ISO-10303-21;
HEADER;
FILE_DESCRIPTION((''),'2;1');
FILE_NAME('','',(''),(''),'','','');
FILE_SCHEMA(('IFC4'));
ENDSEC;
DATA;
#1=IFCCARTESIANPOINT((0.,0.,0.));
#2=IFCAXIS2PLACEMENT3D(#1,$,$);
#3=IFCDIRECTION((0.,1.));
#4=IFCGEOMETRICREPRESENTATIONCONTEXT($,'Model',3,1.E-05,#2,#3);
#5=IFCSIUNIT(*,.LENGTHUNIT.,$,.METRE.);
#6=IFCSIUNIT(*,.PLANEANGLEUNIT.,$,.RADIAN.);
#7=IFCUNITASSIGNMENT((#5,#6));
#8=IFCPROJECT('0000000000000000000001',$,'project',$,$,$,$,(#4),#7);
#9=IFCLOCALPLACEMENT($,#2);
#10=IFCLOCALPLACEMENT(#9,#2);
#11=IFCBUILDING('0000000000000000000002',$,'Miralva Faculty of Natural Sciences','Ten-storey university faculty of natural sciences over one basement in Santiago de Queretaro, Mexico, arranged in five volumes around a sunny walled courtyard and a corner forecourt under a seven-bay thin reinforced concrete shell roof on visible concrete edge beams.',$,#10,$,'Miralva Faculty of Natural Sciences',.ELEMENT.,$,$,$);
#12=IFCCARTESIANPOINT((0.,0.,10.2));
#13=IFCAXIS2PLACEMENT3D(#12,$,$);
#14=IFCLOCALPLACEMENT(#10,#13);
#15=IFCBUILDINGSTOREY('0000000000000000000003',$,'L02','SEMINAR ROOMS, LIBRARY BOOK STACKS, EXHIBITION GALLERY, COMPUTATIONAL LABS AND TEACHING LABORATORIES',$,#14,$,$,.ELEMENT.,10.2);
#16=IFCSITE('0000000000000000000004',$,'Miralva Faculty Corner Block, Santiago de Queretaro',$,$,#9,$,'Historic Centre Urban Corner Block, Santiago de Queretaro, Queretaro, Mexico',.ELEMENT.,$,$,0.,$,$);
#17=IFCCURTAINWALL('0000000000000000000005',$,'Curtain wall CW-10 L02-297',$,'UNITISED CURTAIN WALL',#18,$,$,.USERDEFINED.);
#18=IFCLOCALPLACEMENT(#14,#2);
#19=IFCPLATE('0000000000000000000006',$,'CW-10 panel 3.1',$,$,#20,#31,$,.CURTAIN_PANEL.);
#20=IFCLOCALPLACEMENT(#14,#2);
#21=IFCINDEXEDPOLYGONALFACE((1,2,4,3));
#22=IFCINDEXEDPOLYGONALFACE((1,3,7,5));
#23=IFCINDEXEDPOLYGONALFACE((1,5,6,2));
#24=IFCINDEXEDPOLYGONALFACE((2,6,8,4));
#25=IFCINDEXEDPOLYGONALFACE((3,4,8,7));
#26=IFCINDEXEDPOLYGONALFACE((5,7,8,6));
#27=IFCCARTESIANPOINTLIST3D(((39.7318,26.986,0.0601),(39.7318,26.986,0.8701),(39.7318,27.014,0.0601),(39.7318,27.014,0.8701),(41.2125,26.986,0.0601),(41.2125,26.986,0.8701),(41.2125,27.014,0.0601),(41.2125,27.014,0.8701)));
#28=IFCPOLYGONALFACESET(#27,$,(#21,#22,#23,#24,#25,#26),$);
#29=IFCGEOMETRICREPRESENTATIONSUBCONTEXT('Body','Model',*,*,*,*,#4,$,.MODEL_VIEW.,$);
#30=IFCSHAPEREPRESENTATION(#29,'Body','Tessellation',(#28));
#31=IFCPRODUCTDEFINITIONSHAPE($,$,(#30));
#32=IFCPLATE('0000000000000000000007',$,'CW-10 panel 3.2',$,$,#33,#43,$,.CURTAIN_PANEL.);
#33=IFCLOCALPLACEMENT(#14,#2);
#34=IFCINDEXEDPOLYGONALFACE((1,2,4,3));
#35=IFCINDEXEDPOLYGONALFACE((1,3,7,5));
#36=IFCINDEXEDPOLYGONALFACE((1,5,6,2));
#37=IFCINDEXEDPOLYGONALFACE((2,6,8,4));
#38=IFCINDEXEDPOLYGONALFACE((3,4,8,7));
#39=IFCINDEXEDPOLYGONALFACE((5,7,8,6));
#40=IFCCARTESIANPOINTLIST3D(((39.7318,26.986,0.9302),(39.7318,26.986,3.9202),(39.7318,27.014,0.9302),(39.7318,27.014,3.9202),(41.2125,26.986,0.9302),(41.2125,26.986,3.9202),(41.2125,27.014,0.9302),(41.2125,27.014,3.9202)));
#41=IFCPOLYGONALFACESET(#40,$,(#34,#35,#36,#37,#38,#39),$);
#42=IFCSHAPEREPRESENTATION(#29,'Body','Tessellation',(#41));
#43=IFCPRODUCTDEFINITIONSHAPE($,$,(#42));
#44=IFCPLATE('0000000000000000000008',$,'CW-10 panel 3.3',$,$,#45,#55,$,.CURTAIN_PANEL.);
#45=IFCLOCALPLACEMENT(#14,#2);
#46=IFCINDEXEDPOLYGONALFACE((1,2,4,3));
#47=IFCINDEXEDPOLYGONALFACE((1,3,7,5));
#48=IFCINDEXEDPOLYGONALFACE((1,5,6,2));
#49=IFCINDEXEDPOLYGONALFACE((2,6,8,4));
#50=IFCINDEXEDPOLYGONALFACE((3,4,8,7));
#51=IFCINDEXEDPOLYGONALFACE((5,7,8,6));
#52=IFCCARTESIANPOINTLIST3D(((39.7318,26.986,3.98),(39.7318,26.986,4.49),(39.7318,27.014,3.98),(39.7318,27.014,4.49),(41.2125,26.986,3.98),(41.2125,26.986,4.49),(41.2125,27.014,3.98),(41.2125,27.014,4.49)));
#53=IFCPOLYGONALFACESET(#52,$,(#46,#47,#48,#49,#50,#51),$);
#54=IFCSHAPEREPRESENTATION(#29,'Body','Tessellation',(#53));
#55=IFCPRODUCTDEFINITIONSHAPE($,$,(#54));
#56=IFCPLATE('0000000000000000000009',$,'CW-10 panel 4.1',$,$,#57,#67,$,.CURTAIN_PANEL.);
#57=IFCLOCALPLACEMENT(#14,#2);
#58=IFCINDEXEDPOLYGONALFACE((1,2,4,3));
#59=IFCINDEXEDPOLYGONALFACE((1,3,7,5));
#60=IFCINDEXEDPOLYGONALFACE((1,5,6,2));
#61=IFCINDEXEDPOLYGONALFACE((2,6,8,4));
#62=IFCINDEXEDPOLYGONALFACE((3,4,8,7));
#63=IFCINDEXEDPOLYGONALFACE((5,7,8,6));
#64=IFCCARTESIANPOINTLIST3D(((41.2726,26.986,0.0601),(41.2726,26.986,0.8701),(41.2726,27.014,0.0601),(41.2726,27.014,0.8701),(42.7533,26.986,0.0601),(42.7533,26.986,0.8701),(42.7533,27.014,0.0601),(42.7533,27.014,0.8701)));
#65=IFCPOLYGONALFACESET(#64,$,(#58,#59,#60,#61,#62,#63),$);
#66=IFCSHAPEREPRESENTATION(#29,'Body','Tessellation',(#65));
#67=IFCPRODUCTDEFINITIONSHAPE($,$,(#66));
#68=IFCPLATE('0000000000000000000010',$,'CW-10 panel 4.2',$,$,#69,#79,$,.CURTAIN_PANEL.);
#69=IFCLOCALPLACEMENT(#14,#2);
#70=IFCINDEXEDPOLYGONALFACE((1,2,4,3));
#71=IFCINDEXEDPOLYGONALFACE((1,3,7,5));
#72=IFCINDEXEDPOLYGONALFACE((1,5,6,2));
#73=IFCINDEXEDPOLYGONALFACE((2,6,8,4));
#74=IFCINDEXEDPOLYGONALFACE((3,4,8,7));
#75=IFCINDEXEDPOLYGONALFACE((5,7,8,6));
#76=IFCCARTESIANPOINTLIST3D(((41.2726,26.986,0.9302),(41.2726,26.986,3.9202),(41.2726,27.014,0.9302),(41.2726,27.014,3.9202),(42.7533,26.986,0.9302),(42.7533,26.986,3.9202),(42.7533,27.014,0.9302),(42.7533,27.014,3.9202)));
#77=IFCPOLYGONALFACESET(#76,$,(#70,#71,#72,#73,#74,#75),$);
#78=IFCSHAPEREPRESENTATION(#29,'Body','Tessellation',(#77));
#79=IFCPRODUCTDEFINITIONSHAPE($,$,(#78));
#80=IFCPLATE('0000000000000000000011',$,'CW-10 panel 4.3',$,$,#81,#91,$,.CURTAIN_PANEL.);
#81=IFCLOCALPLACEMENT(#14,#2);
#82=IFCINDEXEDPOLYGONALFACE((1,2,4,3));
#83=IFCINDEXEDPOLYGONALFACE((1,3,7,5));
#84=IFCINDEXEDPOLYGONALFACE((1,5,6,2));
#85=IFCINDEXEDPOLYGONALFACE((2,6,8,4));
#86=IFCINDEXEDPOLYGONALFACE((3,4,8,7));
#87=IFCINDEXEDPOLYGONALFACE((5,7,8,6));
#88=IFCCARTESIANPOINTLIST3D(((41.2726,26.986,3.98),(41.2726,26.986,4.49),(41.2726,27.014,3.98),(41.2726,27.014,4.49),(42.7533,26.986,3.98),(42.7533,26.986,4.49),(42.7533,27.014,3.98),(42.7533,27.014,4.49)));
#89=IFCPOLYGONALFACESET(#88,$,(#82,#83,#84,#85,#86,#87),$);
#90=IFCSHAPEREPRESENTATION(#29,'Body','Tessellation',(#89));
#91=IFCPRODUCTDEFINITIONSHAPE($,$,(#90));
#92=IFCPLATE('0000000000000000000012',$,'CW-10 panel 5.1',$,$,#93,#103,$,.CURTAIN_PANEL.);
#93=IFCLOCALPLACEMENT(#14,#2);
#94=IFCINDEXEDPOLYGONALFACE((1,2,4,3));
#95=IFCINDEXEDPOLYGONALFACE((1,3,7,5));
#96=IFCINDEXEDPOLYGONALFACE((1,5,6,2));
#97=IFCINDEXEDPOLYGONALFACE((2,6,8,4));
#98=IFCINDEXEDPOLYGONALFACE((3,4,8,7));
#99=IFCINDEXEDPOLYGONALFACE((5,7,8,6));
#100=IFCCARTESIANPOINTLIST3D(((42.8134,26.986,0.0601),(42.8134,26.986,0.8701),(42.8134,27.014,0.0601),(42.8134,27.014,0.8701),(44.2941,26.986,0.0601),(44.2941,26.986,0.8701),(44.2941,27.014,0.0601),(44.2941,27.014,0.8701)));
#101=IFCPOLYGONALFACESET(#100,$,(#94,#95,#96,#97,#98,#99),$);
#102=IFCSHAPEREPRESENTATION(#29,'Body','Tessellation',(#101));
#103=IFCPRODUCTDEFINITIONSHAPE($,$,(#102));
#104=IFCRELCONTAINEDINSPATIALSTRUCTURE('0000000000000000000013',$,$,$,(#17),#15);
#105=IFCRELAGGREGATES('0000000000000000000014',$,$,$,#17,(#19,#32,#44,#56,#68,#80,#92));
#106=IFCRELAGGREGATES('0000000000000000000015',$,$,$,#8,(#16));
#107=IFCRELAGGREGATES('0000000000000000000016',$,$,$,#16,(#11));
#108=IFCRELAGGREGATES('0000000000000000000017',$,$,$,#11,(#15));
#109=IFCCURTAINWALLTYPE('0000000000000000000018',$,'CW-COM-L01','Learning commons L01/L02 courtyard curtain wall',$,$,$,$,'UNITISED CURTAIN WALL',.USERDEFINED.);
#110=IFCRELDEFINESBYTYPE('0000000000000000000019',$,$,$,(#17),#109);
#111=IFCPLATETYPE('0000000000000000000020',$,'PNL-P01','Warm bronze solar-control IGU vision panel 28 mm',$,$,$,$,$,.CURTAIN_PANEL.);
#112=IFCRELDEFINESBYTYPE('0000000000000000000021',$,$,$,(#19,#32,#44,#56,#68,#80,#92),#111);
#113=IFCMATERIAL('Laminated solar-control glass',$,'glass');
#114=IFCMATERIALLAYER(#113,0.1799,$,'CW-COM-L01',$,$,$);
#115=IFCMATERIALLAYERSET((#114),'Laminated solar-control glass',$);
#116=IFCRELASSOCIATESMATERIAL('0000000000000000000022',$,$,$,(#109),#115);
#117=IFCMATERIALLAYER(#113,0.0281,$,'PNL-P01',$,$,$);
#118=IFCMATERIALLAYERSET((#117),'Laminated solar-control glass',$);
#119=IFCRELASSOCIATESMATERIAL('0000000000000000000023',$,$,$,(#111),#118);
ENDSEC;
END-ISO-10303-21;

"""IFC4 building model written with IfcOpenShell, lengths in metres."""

from ifc_helpers import new_model, si_unit, direction, frame, origin, origin_2d, place, context, subcontext, project, spatial, rectangle, extrude, material, layer, layer_set, type_object, element, aggregate, save


model = new_model("IFC4")

# Units and contexts
model_context = context("Model", 3, precision=1e-05, world=origin(), true_north=direction((0.0, 1.0)))
body_context = subcontext(model_context, "Body", "Model", "MODEL_VIEW")
ifc_project = project(units=[si_unit("LENGTHUNIT", "METRE"), si_unit("PLANEANGLEUNIT", "RADIAN")], contexts=[model_context])

# Site, building, storey
site_placement = place(None, origin())
site = spatial("IfcSite", under=ifc_project, at=site_placement, Name="Miralva Faculty Corner Block, Santiago de Queretaro", LongName="Historic Centre Urban Corner Block, Santiago de Queretaro, Queretaro, Mexico", CompositionType="ELEMENT", RefElevation=0.0)
building_placement = place(site_placement, origin())
building = spatial("IfcBuilding", under=site, at=building_placement, Name="Miralva Faculty of Natural Sciences", Description="Ten-storey university faculty of natural sciences over one basement in Santiago de Queretaro, Mexico, arranged in five volumes around a sunny walled courtyard and a corner forecourt under a seven-bay thin reinforced concrete shell roof on visible concrete edge beams.", LongName="Miralva Faculty of Natural Sciences", CompositionType="ELEMENT")
storey_placement = place(building_placement, frame((0.0, 0.0, 10.2)))
storey = spatial("IfcBuildingStorey", under=building, at=storey_placement, Name="L02", Description="SEMINAR ROOMS, LIBRARY BOOK STACKS, EXHIBITION GALLERY, COMPUTATIONAL LABS AND TEACHING LABORATORIES", CompositionType="ELEMENT", Elevation=10.2)

# Curtain wall, plates
ifc_material_1 = material(Name="Laminated solar-control glass", Category="glass")
ifc_layer_1 = layer(ifc_material_1, 0.1799, Name="CW-COM-L01")
ifc_layer_set_1 = layer_set([ifc_layer_1], Name="Laminated solar-control glass")
curtain_wall_type = type_object("IfcCurtainWallType", Name="CW-COM-L01", Description="Learning commons L01/L02 courtyard curtain wall", ElementType="UNITISED CURTAIN WALL", PredefinedType="USERDEFINED", material=ifc_layer_set_1)
curtain_wall_placement = place(storey_placement, origin())
curtain_wall = element("IfcCurtainWall", 1, at=curtain_wall_placement, inside=storey, type_object=curtain_wall_type, Name="Curtain wall CW-10 L02-297", ObjectType="UNITISED CURTAIN WALL", PredefinedType="USERDEFINED")
ifc_layer_2 = layer(ifc_material_1, 0.0281, Name="PNL-P01")
ifc_layer_set_2 = layer_set([ifc_layer_2], Name="Laminated solar-control glass")
plate_type = type_object("IfcPlateType", Name="PNL-P01", Description="Warm bronze solar-control IGU vision panel 28 mm", PredefinedType="CURTAIN_PANEL", material=ifc_layer_set_2)
plate_1_placement = place(storey_placement, frame((40.4722, 27.0, 0.0601), z_axis=(0.0, 0.0, 1.0), x_axis=(1.0, 0.0, 0.0)))
plate_1 = element("IfcPlate", 2, at=plate_1_placement, type_object=plate_type, Name="CW-10 panel 3.1", PredefinedType="CURTAIN_PANEL", context=body_context, shape_type="SweptSolid", body=[
    extrude(rectangle(XDim=1.4807, YDim=0.0281, at=origin_2d()), origin(), (0.0, 0.0, 1.0), 0.8101),
])
plate_2_placement = place(storey_placement, frame((40.4722, 27.0, 0.9302), z_axis=(0.0, 0.0, 1.0), x_axis=(1.0, 0.0, 0.0)))
plate_2 = element("IfcPlate", 3, at=plate_2_placement, type_object=plate_type, Name="CW-10 panel 3.2", PredefinedType="CURTAIN_PANEL", context=body_context, shape_type="SweptSolid", body=[
    extrude(rectangle(XDim=1.4807, YDim=0.0281, at=origin_2d()), origin(), (0.0, 0.0, 1.0), 2.99),
])
plate_3_placement = place(storey_placement, frame((40.4722, 27.0, 3.98), z_axis=(0.0, 0.0, 1.0), x_axis=(1.0, 0.0, 0.0)))
plate_3 = element("IfcPlate", 4, at=plate_3_placement, type_object=plate_type, Name="CW-10 panel 3.3", PredefinedType="CURTAIN_PANEL", context=body_context, shape_type="SweptSolid", body=[
    extrude(rectangle(XDim=1.4807, YDim=0.0281, at=origin_2d()), origin(), (0.0, 0.0, 1.0), 0.51),
])
plate_4_placement = place(storey_placement, frame((42.0129, 27.0, 0.0601), z_axis=(0.0, 0.0, 1.0), x_axis=(1.0, 0.0, 0.0)))
plate_4 = element("IfcPlate", 5, at=plate_4_placement, type_object=plate_type, Name="CW-10 panel 4.1", PredefinedType="CURTAIN_PANEL", context=body_context, shape_type="SweptSolid", body=[
    extrude(rectangle(XDim=1.4807, YDim=0.0281, at=origin_2d()), origin(), (0.0, 0.0, 1.0), 0.8101),
])
plate_5_placement = place(storey_placement, frame((42.0129, 27.0, 0.9302), z_axis=(0.0, 0.0, 1.0), x_axis=(1.0, 0.0, 0.0)))
plate_5 = element("IfcPlate", 6, at=plate_5_placement, type_object=plate_type, Name="CW-10 panel 4.2", PredefinedType="CURTAIN_PANEL", context=body_context, shape_type="SweptSolid", body=[
    extrude(rectangle(XDim=1.4807, YDim=0.0281, at=origin_2d()), origin(), (0.0, 0.0, 1.0), 2.99),
])
plate_6_placement = place(storey_placement, frame((42.0129, 27.0, 3.98), z_axis=(0.0, 0.0, 1.0), x_axis=(1.0, 0.0, 0.0)))
plate_6 = element("IfcPlate", 7, at=plate_6_placement, type_object=plate_type, Name="CW-10 panel 4.3", PredefinedType="CURTAIN_PANEL", context=body_context, shape_type="SweptSolid", body=[
    extrude(rectangle(XDim=1.4807, YDim=0.0281, at=origin_2d()), origin(), (0.0, 0.0, 1.0), 0.51),
])
plate_7_placement = place(storey_placement, frame((43.5537, 27.0, 0.0601), z_axis=(0.0, 0.0, 1.0), x_axis=(1.0, 0.0, 0.0)))
plate_7 = element("IfcPlate", 8, at=plate_7_placement, type_object=plate_type, Name="CW-10 panel 5.1", PredefinedType="CURTAIN_PANEL", context=body_context, shape_type="SweptSolid", body=[
    extrude(rectangle(XDim=1.4807, YDim=0.0281, at=origin_2d()), origin(), (0.0, 0.0, 1.0), 0.8101),
])
aggregate(curtain_wall, [plate_1, plate_2, plate_3, plate_4, plate_5, plate_6, plate_7])

save(model, "model.ifc")
